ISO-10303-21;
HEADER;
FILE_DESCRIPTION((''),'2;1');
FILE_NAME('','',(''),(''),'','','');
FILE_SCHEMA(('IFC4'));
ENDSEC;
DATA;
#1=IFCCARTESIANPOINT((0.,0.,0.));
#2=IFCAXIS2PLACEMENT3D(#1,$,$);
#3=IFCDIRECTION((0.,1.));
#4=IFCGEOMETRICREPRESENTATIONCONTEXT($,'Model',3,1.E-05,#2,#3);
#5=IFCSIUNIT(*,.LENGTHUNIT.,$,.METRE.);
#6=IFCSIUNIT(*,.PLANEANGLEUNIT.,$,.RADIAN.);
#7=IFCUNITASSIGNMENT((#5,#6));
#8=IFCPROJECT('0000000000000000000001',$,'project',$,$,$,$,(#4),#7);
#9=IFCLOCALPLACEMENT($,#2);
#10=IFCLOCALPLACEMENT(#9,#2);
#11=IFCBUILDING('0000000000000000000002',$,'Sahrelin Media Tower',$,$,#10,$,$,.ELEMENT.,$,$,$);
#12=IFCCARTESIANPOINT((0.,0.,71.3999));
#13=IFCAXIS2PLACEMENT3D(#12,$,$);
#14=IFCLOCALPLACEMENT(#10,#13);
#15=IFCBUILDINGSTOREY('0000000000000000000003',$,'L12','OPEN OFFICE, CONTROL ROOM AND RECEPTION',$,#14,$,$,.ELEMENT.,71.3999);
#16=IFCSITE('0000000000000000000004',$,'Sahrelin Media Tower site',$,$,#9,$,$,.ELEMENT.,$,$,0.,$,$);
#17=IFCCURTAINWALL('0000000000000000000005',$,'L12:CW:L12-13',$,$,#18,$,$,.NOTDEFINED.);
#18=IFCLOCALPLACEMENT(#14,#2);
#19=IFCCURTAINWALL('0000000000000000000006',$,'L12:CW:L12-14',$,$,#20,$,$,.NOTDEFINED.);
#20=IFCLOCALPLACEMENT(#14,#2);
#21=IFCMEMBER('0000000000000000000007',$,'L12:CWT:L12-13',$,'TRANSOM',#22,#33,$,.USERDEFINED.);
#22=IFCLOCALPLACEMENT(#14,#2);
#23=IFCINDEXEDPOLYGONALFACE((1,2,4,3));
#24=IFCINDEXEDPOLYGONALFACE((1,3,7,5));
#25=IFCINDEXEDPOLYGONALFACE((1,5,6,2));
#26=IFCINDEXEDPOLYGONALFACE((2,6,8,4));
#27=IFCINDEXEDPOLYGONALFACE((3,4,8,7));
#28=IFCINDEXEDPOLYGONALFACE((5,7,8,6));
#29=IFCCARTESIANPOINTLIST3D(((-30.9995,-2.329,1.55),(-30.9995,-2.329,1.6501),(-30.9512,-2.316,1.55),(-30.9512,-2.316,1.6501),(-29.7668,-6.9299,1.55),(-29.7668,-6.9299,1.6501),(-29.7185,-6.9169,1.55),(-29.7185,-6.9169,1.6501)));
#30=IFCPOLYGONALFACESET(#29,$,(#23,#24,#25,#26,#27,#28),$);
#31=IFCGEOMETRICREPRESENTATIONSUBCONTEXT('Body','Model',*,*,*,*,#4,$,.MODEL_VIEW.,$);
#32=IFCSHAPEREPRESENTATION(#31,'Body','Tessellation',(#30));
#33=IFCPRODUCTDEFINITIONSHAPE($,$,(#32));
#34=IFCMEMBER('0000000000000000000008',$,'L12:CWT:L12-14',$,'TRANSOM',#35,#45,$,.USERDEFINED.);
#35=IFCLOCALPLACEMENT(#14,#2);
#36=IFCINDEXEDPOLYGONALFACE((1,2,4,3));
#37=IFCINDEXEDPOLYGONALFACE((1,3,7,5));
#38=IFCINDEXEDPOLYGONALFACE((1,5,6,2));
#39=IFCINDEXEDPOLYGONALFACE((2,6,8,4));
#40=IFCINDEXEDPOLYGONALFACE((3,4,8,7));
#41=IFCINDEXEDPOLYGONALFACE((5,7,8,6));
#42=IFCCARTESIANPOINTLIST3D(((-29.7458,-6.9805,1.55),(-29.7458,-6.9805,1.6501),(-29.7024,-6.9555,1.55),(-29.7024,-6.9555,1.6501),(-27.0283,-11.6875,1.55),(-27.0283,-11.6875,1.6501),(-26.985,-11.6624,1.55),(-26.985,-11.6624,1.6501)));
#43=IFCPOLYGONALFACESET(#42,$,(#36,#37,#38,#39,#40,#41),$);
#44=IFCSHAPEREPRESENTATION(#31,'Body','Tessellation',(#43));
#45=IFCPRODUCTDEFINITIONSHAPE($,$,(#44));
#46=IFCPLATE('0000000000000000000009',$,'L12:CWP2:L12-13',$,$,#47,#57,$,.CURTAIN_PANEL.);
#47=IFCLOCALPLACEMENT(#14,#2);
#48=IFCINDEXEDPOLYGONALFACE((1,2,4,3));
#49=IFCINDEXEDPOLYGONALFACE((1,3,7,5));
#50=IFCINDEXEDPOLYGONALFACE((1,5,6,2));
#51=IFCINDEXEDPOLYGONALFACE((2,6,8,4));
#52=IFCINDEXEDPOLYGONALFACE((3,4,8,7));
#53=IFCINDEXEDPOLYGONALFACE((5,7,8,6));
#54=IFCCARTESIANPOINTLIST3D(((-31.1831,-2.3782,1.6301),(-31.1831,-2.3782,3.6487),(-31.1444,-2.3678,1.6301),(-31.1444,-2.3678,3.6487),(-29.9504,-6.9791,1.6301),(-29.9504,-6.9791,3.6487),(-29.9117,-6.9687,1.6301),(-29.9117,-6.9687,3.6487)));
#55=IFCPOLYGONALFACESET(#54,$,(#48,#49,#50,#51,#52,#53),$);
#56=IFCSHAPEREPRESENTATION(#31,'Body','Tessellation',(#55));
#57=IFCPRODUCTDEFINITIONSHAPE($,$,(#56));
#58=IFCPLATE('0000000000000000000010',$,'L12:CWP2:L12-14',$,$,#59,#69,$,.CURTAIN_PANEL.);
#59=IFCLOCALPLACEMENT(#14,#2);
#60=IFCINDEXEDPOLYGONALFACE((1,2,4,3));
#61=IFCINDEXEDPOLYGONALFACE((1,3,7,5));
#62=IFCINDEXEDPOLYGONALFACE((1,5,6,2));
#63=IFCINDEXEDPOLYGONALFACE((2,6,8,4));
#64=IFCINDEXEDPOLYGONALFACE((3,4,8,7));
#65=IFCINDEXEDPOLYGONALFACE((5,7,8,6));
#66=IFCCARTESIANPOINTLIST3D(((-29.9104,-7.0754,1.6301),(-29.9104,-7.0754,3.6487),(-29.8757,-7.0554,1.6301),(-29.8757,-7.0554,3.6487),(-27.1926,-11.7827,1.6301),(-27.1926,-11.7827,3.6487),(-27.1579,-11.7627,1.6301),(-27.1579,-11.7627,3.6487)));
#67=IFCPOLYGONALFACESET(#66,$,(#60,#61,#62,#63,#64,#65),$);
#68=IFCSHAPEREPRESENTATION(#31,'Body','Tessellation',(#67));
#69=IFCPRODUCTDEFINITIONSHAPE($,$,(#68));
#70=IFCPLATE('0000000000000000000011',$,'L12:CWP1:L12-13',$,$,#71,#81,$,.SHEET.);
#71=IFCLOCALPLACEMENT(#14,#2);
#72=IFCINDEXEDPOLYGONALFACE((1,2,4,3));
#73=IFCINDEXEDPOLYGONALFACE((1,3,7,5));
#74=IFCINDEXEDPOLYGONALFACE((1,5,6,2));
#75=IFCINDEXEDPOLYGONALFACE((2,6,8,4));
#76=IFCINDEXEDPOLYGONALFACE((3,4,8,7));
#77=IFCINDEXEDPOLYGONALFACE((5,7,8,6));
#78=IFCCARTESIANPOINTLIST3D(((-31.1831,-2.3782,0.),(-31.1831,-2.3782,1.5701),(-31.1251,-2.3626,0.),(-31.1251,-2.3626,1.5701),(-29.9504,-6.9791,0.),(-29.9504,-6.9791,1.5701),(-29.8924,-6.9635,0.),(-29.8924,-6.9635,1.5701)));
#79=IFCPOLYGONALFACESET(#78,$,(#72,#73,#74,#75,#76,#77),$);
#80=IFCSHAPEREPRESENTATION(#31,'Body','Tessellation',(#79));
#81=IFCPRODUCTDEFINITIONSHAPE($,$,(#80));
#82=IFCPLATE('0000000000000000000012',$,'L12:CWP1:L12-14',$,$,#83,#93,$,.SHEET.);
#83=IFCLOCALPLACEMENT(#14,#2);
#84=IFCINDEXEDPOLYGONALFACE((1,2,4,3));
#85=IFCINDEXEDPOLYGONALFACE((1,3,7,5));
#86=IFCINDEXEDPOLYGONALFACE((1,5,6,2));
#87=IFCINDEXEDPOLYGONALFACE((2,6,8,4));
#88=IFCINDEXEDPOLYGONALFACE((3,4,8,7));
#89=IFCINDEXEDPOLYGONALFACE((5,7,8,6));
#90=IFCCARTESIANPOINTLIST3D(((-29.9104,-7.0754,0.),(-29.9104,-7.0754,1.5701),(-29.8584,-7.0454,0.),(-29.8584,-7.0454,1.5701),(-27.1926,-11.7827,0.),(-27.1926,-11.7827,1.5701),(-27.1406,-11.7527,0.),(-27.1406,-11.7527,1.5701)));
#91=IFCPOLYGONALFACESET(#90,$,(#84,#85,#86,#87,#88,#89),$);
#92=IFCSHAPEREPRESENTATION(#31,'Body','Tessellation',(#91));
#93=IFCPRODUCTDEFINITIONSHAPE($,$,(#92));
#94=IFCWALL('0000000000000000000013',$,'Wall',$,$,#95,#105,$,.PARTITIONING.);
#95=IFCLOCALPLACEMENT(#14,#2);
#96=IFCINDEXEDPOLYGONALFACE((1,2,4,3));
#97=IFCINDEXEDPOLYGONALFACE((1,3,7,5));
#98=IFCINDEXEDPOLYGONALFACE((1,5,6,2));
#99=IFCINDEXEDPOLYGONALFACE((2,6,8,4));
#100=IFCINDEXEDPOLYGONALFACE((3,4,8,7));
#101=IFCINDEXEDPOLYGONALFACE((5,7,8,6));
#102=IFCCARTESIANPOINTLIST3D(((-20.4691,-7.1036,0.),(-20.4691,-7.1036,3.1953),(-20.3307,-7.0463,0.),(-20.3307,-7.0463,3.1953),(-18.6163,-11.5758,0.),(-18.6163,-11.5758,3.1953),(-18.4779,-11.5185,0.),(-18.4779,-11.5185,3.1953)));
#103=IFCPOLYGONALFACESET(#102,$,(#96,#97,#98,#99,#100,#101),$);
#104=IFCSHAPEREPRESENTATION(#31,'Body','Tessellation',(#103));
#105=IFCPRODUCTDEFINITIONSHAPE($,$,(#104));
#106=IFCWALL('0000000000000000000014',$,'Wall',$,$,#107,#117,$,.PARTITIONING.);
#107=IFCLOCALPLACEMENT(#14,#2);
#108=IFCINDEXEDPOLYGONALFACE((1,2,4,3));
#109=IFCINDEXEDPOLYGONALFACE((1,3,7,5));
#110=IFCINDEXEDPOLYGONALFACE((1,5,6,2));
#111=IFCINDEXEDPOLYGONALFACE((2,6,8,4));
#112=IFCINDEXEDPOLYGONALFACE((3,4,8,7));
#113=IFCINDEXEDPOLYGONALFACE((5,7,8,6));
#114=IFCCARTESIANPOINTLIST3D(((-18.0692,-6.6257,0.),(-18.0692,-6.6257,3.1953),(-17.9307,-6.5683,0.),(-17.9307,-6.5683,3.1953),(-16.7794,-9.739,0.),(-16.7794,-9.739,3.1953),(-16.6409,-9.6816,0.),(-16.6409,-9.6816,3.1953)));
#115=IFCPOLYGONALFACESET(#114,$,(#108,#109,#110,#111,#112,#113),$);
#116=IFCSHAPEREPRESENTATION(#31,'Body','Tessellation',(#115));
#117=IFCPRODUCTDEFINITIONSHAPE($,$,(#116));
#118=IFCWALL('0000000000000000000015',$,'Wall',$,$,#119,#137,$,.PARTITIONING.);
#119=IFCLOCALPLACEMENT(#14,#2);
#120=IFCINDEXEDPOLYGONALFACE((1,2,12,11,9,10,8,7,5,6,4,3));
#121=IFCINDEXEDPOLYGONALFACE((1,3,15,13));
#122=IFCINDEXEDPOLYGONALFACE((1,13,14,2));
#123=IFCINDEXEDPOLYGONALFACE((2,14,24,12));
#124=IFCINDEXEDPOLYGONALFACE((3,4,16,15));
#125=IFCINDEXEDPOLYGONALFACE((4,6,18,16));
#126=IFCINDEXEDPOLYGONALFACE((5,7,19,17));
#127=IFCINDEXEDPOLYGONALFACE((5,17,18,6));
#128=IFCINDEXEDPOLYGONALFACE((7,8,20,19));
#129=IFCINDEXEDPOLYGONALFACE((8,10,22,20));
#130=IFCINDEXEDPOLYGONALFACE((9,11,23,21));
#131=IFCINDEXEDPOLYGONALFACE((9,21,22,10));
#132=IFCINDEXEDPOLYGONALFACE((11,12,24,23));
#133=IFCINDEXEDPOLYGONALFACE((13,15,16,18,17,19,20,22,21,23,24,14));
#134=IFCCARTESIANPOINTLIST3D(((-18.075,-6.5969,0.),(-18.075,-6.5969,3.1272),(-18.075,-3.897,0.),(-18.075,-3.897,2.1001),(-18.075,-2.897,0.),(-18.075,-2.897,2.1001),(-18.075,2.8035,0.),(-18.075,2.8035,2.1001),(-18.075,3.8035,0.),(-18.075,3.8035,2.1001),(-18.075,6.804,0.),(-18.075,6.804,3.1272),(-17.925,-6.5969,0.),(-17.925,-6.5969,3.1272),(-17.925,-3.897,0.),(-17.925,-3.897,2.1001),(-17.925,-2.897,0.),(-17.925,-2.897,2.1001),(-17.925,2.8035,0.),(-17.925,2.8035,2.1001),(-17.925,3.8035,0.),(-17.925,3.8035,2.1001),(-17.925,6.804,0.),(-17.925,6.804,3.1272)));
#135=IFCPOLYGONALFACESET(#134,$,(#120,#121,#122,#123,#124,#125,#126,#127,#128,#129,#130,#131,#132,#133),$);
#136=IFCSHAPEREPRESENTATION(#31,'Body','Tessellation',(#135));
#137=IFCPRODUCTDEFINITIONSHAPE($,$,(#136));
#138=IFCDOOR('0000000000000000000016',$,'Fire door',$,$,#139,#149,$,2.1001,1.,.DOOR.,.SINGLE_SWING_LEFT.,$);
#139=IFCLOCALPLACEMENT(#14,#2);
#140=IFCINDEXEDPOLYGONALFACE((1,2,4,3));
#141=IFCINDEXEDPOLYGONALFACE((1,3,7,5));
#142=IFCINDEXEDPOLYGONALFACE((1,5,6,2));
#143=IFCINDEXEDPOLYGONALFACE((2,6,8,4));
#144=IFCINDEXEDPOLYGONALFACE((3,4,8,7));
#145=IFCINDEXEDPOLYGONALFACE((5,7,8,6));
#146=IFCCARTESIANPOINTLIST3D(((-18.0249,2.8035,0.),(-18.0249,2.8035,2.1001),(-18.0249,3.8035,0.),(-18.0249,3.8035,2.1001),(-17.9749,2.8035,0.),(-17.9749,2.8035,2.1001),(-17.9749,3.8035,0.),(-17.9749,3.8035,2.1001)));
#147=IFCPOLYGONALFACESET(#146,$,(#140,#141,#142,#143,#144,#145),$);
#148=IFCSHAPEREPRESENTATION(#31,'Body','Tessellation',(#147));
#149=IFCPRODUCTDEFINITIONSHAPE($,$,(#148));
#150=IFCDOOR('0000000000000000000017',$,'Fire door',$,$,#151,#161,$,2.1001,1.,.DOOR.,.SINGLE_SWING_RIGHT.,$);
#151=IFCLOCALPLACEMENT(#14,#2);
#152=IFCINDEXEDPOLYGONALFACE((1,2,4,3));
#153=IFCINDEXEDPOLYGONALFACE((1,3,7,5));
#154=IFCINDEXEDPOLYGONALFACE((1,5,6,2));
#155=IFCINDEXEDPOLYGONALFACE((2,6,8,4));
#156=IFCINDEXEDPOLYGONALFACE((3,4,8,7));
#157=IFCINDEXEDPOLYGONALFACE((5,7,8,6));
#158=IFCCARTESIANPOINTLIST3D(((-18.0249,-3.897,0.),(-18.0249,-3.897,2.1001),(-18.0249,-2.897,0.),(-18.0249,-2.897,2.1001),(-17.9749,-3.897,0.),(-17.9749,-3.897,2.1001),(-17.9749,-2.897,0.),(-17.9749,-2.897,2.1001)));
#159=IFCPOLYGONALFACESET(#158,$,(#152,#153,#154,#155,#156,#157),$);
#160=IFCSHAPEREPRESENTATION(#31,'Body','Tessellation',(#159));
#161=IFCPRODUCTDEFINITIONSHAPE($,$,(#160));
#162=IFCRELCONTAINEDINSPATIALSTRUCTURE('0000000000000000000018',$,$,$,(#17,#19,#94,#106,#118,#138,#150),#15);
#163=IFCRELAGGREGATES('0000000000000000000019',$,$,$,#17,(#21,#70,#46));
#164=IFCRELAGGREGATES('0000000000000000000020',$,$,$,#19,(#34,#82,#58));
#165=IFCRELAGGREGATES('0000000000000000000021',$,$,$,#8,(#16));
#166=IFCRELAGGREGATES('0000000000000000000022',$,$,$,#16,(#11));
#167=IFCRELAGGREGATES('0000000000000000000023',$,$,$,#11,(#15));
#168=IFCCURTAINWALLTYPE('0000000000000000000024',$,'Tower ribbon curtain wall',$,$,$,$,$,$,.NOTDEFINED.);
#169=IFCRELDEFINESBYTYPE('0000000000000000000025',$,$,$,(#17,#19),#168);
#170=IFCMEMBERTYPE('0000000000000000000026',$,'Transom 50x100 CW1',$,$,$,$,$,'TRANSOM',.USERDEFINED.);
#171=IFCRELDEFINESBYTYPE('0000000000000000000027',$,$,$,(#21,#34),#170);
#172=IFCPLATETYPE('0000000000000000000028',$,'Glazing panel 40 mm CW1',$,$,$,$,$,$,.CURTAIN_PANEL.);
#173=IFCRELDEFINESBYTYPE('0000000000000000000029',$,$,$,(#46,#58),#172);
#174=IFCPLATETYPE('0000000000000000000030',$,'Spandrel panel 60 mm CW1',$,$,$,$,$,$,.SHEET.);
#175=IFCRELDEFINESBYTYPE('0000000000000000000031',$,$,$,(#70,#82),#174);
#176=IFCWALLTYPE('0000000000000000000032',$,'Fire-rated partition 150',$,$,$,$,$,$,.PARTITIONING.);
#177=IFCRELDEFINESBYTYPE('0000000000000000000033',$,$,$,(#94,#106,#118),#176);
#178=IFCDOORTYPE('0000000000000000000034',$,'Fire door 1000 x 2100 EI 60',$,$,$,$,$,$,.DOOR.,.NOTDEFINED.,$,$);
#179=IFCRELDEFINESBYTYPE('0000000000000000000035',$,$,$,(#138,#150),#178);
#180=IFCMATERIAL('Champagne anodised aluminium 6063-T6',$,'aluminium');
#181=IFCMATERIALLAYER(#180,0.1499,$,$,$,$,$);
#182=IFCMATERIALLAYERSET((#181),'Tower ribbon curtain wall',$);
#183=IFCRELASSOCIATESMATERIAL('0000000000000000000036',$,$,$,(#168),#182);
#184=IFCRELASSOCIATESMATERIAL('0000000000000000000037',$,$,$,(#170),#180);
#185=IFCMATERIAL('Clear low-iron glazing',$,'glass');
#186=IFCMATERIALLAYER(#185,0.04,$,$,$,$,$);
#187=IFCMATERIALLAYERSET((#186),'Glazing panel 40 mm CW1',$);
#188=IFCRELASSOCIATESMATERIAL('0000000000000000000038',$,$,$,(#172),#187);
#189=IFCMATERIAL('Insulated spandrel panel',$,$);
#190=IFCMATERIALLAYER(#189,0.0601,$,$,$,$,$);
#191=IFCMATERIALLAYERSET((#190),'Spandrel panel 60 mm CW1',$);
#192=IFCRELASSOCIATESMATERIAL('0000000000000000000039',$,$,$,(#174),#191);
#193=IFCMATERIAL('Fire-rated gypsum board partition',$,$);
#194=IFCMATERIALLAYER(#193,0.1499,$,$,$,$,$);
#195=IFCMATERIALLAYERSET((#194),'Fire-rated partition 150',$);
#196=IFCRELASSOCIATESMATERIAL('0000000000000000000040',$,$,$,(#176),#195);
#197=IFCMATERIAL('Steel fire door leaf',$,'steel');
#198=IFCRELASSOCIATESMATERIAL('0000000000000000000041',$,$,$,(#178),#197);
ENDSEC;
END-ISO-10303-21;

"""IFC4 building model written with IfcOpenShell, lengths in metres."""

from ifc_helpers import new_model, si_unit, direction, frame, frame_2d, origin, origin_2d, place, context, subcontext, project, spatial, polyline, rectangle, outline, extrude, material, layer, layer_set, material_profile, profile_set, type_object, element, fill, aggregate, save


model = new_model("IFC4")

# Units and contexts
model_context = context("Model", 3, precision=1e-05, world=origin(), true_north=direction((0.0, 1.0)))
body_context = subcontext(model_context, "Body", "Model", "MODEL_VIEW")
ifc_project = project(units=[si_unit("LENGTHUNIT", "METRE"), si_unit("PLANEANGLEUNIT", "RADIAN")], contexts=[model_context])

# Site, building, storey
site_placement = place(None, origin())
site = spatial("IfcSite", under=ifc_project, at=site_placement, Name="Sahrelin Media Tower site", CompositionType="ELEMENT", RefElevation=0.0)
building_placement = place(site_placement, origin())
building = spatial("IfcBuilding", under=site, at=building_placement, Name="Sahrelin Media Tower", CompositionType="ELEMENT")
storey_placement = place(building_placement, frame((0.0, 0.0, 71.3999)))
storey = spatial("IfcBuildingStorey", under=building, at=storey_placement, Name="L12", Description="OPEN OFFICE, CONTROL ROOM AND RECEPTION", CompositionType="ELEMENT", Elevation=71.3999)

# Curtain walls
ifc_material_1 = material(Name="Champagne anodised aluminium 6063-T6", Category="aluminium")
ifc_layer_1 = layer(ifc_material_1, 0.1499)
ifc_layer_set_1 = layer_set([ifc_layer_1], Name="Tower ribbon curtain wall")
curtain_wall_type = type_object("IfcCurtainWallType", Name="Tower ribbon curtain wall", PredefinedType="NOTDEFINED", material=ifc_layer_set_1)
curtain_wall_1_placement = place(storey_placement, frame((-30.5474, -4.6733, 0.0), z_axis=(0.0, 0.0, 1.0), x_axis=(1.0, 0.0, 0.0)))
curtain_wall_1 = element("IfcCurtainWall", 1, at=curtain_wall_1_placement, inside=storey, type_object=curtain_wall_type, Name="L12:CW:L12-13", PredefinedType="NOTDEFINED")
curtain_wall_2_placement = place(storey_placement, frame((-28.5342, -9.4189, 0.0), z_axis=(0.0, 0.0, 1.0), x_axis=(1.0, 0.0, 0.0)))
curtain_wall_2 = element("IfcCurtainWall", 2, at=curtain_wall_2_placement, inside=storey, type_object=curtain_wall_type, Name="L12:CW:L12-14", PredefinedType="NOTDEFINED")

# Members
ifc_material_profile_1 = material_profile(ifc_material_1, rectangle(XDim=0.05, YDim=0.1001, at=origin_2d()), Name="Transom 50x100")
ifc_profile_set_1 = profile_set([ifc_material_profile_1], Name="Champagne anodised aluminium 6063-T6")
member_type_1 = type_object("IfcMemberType", Name="Transom 50x100 CW1", ElementType="TRANSOM", PredefinedType="USERDEFINED", material=ifc_profile_set_1)
member_1_placement = place(storey_placement, frame((-30.9753, -2.3225, 1.6001), z_axis=(0.258795, -0.965932, 0.0), x_axis=(0.965932, 0.258795, 0.0)))
member_1 = element("IfcMember", 3, at=member_1_placement, type_object=member_type_1, Name="L12:CWT:L12-13", ObjectType="TRANSOM", PredefinedType="USERDEFINED", context=body_context, shape_type="SweptSolid", body=[
    extrude(rectangle(XDim=0.05, YDim=0.1001, at=origin_2d()), origin(), (0.0, 0.0, 1.0), 4.7632),
])
member_2_placement = place(storey_placement, frame((-29.7241, -6.968, 1.6001), z_axis=(0.499989, -0.866031, 0.0), x_axis=(0.866031, 0.499989, 0.0)))
member_2 = element("IfcMember", 4, at=member_2_placement, type_object=member_type_1, Name="L12:CWT:L12-14", ObjectType="TRANSOM", PredefinedType="USERDEFINED", context=body_context, shape_type="SweptSolid", body=[
    extrude(rectangle(XDim=0.05, YDim=0.1001, at=origin_2d()), origin(), (0.0, 0.0, 1.0), 5.4351),
])

# Plates
ifc_material_2 = material(Name="Clear low-iron glazing", Category="glass")
ifc_layer_2 = layer(ifc_material_2, 0.04)
ifc_layer_set_2 = layer_set([ifc_layer_2], Name="Glazing panel 40 mm CW1")
plate_type_1 = type_object("IfcPlateType", Name="Glazing panel 40 mm CW1", PredefinedType="CURTAIN_PANEL", material=ifc_layer_set_2)
plate_1_placement = place(storey_placement, frame((-31.1831, -2.3782, 1.6301), z_axis=(-0.965932, -0.258795, 0.0), x_axis=(0.258795, -0.965932, 0.0)))
plate_1 = element("IfcPlate", 5, at=plate_1_placement, type_object=plate_type_1, Name="L12:CWP2:L12-13", PredefinedType="CURTAIN_PANEL", context=body_context, shape_type="SweptSolid", body=[
    extrude(outline(polyline([(0.0, 0.0), (4.7632, 0.0), (4.7632, 2.0186), (0.0, 2.0186), (0.0, 0.0)])), origin(), (0.0, 0.0, -1.0), 0.04),
])
plate_2_placement = place(storey_placement, frame((-29.9104, -7.0754, 1.6301), z_axis=(-0.866023, -0.500004, 0.0), x_axis=(0.500004, -0.866023, 0.0)))
plate_2 = element("IfcPlate", 6, at=plate_2_placement, type_object=plate_type_1, Name="L12:CWP2:L12-14", PredefinedType="CURTAIN_PANEL", context=body_context, shape_type="SweptSolid", body=[
    extrude(outline(polyline([(0.0, 0.0), (5.4355, 0.0), (5.4355, 2.0186), (0.0, 2.0186), (0.0, 0.0)])), origin(), (0.0, 0.0, -1.0), 0.04),
])
ifc_material_3 = material(Name="Insulated spandrel panel")
ifc_layer_3 = layer(ifc_material_3, 0.0601)
ifc_layer_set_3 = layer_set([ifc_layer_3], Name="Spandrel panel 60 mm CW1")
plate_type_2 = type_object("IfcPlateType", Name="Spandrel panel 60 mm CW1", PredefinedType="SHEET", material=ifc_layer_set_3)
plate_3_placement = place(storey_placement, frame((-31.1831, -2.3782, 0.0), z_axis=(-0.965932, -0.258795, 0.0), x_axis=(0.258795, -0.965932, 0.0)))
plate_3 = element("IfcPlate", 7, at=plate_3_placement, type_object=plate_type_2, Name="L12:CWP1:L12-13", PredefinedType="SHEET", context=body_context, shape_type="SweptSolid", body=[
    extrude(outline(polyline([(0.0, 0.0), (4.7632, 0.0), (4.7632, 1.5701), (0.0, 1.5701), (0.0, 0.0)])), origin(), (0.0, 0.0, -1.0), 0.0601),
])
aggregate(curtain_wall_1, [member_1, plate_3, plate_1])
plate_4_placement = place(storey_placement, frame((-29.9104, -7.0754, 0.0), z_axis=(-0.866023, -0.500004, 0.0), x_axis=(0.500004, -0.866023, 0.0)))
plate_4 = element("IfcPlate", 8, at=plate_4_placement, type_object=plate_type_2, Name="L12:CWP1:L12-14", PredefinedType="SHEET", context=body_context, shape_type="SweptSolid", body=[
    extrude(outline(polyline([(0.0, 0.0), (5.4355, 0.0), (5.4355, 1.5701), (0.0, 1.5701), (0.0, 0.0)])), origin(), (0.0, 0.0, -1.0), 0.0601),
])
aggregate(curtain_wall_2, [member_2, plate_4, plate_2])

# Walls
ifc_material_4 = material(Name="Fire-rated gypsum board partition")
ifc_layer_4 = layer(ifc_material_4, 0.1499)
ifc_layer_set_4 = layer_set([ifc_layer_4], Name="Fire-rated partition 150")
wall_type_1 = type_object("IfcWallType", Name="Fire-rated partition 150", PredefinedType="PARTITIONING", material=ifc_layer_set_4)
wall_1_placement = place(storey_placement, frame((-20.3999, -7.075, 0.0), z_axis=(0.0, 0.0, 1.0), x_axis=(0.382745, -0.923854, 0.0)))
element("IfcWall", 9, at=wall_1_placement, inside=storey, type_object=wall_type_1, Name="Wall", PredefinedType="PARTITIONING", context=body_context, shape_type="SweptSolid", body=[
    extrude(rectangle(XDim=4.8408, YDim=0.1499, at=frame_2d((2.4204, 0.0))), origin(), (0.0, 0.0, 1.0), 3.1953),
])
wall_2_placement = place(storey_placement, frame((-18.0, -6.5969, 0.0), z_axis=(0.0, 0.0, 1.0), x_axis=(0.382742, -0.923855, 0.0)))
element("IfcWall", 10, at=wall_2_placement, inside=storey, type_object=wall_type_1, Name="Wall", PredefinedType="PARTITIONING", context=body_context, shape_type="SweptSolid", body=[
    extrude(rectangle(XDim=3.3699, YDim=0.1499, at=frame_2d((1.6851, 0.0))), origin(), (0.0, 0.0, 1.0), 3.1953),
])

# Wall, openings, doors
wall_3_placement = place(storey_placement, frame((-18.0, -6.5969, 0.0), z_axis=(0.0, 0.0, 1.0), x_axis=(0.0, 1.0, 0.0)))
wall_3 = element("IfcWall", 11, at=wall_3_placement, inside=storey, type_object=wall_type_1, Name="Wall", PredefinedType="PARTITIONING", context=body_context, shape_type="SweptSolid", body=[
    extrude(rectangle(XDim=13.4009, YDim=0.1499, at=frame_2d((6.7004, 0.0))), origin(), (0.0, 0.0, 1.0), 3.1272),
])
opening_1_placement = place(wall_3_placement, frame((9.4004, 0.0, 0.0)))
opening_1 = element("IfcOpeningElement", 12, at=opening_1_placement, cuts=wall_3, PredefinedType="OPENING", context=body_context, shape_type="SweptSolid", body=[
    extrude(rectangle(XDim=1.0, YDim=2.1001, at=frame_2d((0.5, 1.05))), frame((0.0, 0.075, 0.0), z_axis=(0.0, -1.0, 0.0), x_axis=(1.0, 0.0, 0.0)), (0.0, 0.0, 1.0), 0.1499),
])
opening_2_placement = place(wall_3_placement, frame((2.7, 0.0, 0.0)))
opening_2 = element("IfcOpeningElement", 13, at=opening_2_placement, cuts=wall_3, PredefinedType="OPENING", context=body_context, shape_type="SweptSolid", body=[
    extrude(rectangle(XDim=1.0, YDim=2.1001, at=frame_2d((0.5, 1.05))), frame((0.0, 0.075, 0.0), z_axis=(0.0, -1.0, 0.0), x_axis=(1.0, 0.0, 0.0)), (0.0, 0.0, 1.0), 0.1499),
])
ifc_material_5 = material(Name="Steel fire door leaf", Category="steel")
door_type_1 = type_object("IfcDoorType", Name="Fire door 1000 x 2100 EI 60", OperationType="NOTDEFINED", PredefinedType="DOOR", material=ifc_material_5)
door_1_placement = place(opening_1_placement, origin())
door_1 = element("IfcDoor", 14, at=door_1_placement, inside=storey, type_object=door_type_1, Name="Fire door", OperationType="SINGLE_SWING_LEFT", OverallHeight=2.1001, OverallWidth=1.0, PredefinedType="DOOR", context=body_context, shape_type="SweptSolid", body=[
    extrude(rectangle(XDim=1.0, YDim=2.1001, at=frame_2d((0.5, 1.05))), frame((0.0, 0.0249, 0.0), z_axis=(0.0, -1.0, 0.0), x_axis=(1.0, 0.0, 0.0)), (0.0, 0.0, 1.0), 0.05),
])
fill(opening_1, door_1)
door_2_placement = place(opening_2_placement, origin())
door_2 = element("IfcDoor", 15, at=door_2_placement, inside=storey, type_object=door_type_1, Name="Fire door", OperationType="SINGLE_SWING_RIGHT", OverallHeight=2.1001, OverallWidth=1.0, PredefinedType="DOOR", context=body_context, shape_type="SweptSolid", body=[
    extrude(rectangle(XDim=1.0, YDim=2.1001, at=frame_2d((0.5, 1.05))), frame((0.0, 0.0249, 0.0), z_axis=(0.0, -1.0, 0.0), x_axis=(1.0, 0.0, 0.0)), (0.0, 0.0, 1.0), 0.05),
])
fill(opening_2, door_2)

save(model, "model.ifc")
